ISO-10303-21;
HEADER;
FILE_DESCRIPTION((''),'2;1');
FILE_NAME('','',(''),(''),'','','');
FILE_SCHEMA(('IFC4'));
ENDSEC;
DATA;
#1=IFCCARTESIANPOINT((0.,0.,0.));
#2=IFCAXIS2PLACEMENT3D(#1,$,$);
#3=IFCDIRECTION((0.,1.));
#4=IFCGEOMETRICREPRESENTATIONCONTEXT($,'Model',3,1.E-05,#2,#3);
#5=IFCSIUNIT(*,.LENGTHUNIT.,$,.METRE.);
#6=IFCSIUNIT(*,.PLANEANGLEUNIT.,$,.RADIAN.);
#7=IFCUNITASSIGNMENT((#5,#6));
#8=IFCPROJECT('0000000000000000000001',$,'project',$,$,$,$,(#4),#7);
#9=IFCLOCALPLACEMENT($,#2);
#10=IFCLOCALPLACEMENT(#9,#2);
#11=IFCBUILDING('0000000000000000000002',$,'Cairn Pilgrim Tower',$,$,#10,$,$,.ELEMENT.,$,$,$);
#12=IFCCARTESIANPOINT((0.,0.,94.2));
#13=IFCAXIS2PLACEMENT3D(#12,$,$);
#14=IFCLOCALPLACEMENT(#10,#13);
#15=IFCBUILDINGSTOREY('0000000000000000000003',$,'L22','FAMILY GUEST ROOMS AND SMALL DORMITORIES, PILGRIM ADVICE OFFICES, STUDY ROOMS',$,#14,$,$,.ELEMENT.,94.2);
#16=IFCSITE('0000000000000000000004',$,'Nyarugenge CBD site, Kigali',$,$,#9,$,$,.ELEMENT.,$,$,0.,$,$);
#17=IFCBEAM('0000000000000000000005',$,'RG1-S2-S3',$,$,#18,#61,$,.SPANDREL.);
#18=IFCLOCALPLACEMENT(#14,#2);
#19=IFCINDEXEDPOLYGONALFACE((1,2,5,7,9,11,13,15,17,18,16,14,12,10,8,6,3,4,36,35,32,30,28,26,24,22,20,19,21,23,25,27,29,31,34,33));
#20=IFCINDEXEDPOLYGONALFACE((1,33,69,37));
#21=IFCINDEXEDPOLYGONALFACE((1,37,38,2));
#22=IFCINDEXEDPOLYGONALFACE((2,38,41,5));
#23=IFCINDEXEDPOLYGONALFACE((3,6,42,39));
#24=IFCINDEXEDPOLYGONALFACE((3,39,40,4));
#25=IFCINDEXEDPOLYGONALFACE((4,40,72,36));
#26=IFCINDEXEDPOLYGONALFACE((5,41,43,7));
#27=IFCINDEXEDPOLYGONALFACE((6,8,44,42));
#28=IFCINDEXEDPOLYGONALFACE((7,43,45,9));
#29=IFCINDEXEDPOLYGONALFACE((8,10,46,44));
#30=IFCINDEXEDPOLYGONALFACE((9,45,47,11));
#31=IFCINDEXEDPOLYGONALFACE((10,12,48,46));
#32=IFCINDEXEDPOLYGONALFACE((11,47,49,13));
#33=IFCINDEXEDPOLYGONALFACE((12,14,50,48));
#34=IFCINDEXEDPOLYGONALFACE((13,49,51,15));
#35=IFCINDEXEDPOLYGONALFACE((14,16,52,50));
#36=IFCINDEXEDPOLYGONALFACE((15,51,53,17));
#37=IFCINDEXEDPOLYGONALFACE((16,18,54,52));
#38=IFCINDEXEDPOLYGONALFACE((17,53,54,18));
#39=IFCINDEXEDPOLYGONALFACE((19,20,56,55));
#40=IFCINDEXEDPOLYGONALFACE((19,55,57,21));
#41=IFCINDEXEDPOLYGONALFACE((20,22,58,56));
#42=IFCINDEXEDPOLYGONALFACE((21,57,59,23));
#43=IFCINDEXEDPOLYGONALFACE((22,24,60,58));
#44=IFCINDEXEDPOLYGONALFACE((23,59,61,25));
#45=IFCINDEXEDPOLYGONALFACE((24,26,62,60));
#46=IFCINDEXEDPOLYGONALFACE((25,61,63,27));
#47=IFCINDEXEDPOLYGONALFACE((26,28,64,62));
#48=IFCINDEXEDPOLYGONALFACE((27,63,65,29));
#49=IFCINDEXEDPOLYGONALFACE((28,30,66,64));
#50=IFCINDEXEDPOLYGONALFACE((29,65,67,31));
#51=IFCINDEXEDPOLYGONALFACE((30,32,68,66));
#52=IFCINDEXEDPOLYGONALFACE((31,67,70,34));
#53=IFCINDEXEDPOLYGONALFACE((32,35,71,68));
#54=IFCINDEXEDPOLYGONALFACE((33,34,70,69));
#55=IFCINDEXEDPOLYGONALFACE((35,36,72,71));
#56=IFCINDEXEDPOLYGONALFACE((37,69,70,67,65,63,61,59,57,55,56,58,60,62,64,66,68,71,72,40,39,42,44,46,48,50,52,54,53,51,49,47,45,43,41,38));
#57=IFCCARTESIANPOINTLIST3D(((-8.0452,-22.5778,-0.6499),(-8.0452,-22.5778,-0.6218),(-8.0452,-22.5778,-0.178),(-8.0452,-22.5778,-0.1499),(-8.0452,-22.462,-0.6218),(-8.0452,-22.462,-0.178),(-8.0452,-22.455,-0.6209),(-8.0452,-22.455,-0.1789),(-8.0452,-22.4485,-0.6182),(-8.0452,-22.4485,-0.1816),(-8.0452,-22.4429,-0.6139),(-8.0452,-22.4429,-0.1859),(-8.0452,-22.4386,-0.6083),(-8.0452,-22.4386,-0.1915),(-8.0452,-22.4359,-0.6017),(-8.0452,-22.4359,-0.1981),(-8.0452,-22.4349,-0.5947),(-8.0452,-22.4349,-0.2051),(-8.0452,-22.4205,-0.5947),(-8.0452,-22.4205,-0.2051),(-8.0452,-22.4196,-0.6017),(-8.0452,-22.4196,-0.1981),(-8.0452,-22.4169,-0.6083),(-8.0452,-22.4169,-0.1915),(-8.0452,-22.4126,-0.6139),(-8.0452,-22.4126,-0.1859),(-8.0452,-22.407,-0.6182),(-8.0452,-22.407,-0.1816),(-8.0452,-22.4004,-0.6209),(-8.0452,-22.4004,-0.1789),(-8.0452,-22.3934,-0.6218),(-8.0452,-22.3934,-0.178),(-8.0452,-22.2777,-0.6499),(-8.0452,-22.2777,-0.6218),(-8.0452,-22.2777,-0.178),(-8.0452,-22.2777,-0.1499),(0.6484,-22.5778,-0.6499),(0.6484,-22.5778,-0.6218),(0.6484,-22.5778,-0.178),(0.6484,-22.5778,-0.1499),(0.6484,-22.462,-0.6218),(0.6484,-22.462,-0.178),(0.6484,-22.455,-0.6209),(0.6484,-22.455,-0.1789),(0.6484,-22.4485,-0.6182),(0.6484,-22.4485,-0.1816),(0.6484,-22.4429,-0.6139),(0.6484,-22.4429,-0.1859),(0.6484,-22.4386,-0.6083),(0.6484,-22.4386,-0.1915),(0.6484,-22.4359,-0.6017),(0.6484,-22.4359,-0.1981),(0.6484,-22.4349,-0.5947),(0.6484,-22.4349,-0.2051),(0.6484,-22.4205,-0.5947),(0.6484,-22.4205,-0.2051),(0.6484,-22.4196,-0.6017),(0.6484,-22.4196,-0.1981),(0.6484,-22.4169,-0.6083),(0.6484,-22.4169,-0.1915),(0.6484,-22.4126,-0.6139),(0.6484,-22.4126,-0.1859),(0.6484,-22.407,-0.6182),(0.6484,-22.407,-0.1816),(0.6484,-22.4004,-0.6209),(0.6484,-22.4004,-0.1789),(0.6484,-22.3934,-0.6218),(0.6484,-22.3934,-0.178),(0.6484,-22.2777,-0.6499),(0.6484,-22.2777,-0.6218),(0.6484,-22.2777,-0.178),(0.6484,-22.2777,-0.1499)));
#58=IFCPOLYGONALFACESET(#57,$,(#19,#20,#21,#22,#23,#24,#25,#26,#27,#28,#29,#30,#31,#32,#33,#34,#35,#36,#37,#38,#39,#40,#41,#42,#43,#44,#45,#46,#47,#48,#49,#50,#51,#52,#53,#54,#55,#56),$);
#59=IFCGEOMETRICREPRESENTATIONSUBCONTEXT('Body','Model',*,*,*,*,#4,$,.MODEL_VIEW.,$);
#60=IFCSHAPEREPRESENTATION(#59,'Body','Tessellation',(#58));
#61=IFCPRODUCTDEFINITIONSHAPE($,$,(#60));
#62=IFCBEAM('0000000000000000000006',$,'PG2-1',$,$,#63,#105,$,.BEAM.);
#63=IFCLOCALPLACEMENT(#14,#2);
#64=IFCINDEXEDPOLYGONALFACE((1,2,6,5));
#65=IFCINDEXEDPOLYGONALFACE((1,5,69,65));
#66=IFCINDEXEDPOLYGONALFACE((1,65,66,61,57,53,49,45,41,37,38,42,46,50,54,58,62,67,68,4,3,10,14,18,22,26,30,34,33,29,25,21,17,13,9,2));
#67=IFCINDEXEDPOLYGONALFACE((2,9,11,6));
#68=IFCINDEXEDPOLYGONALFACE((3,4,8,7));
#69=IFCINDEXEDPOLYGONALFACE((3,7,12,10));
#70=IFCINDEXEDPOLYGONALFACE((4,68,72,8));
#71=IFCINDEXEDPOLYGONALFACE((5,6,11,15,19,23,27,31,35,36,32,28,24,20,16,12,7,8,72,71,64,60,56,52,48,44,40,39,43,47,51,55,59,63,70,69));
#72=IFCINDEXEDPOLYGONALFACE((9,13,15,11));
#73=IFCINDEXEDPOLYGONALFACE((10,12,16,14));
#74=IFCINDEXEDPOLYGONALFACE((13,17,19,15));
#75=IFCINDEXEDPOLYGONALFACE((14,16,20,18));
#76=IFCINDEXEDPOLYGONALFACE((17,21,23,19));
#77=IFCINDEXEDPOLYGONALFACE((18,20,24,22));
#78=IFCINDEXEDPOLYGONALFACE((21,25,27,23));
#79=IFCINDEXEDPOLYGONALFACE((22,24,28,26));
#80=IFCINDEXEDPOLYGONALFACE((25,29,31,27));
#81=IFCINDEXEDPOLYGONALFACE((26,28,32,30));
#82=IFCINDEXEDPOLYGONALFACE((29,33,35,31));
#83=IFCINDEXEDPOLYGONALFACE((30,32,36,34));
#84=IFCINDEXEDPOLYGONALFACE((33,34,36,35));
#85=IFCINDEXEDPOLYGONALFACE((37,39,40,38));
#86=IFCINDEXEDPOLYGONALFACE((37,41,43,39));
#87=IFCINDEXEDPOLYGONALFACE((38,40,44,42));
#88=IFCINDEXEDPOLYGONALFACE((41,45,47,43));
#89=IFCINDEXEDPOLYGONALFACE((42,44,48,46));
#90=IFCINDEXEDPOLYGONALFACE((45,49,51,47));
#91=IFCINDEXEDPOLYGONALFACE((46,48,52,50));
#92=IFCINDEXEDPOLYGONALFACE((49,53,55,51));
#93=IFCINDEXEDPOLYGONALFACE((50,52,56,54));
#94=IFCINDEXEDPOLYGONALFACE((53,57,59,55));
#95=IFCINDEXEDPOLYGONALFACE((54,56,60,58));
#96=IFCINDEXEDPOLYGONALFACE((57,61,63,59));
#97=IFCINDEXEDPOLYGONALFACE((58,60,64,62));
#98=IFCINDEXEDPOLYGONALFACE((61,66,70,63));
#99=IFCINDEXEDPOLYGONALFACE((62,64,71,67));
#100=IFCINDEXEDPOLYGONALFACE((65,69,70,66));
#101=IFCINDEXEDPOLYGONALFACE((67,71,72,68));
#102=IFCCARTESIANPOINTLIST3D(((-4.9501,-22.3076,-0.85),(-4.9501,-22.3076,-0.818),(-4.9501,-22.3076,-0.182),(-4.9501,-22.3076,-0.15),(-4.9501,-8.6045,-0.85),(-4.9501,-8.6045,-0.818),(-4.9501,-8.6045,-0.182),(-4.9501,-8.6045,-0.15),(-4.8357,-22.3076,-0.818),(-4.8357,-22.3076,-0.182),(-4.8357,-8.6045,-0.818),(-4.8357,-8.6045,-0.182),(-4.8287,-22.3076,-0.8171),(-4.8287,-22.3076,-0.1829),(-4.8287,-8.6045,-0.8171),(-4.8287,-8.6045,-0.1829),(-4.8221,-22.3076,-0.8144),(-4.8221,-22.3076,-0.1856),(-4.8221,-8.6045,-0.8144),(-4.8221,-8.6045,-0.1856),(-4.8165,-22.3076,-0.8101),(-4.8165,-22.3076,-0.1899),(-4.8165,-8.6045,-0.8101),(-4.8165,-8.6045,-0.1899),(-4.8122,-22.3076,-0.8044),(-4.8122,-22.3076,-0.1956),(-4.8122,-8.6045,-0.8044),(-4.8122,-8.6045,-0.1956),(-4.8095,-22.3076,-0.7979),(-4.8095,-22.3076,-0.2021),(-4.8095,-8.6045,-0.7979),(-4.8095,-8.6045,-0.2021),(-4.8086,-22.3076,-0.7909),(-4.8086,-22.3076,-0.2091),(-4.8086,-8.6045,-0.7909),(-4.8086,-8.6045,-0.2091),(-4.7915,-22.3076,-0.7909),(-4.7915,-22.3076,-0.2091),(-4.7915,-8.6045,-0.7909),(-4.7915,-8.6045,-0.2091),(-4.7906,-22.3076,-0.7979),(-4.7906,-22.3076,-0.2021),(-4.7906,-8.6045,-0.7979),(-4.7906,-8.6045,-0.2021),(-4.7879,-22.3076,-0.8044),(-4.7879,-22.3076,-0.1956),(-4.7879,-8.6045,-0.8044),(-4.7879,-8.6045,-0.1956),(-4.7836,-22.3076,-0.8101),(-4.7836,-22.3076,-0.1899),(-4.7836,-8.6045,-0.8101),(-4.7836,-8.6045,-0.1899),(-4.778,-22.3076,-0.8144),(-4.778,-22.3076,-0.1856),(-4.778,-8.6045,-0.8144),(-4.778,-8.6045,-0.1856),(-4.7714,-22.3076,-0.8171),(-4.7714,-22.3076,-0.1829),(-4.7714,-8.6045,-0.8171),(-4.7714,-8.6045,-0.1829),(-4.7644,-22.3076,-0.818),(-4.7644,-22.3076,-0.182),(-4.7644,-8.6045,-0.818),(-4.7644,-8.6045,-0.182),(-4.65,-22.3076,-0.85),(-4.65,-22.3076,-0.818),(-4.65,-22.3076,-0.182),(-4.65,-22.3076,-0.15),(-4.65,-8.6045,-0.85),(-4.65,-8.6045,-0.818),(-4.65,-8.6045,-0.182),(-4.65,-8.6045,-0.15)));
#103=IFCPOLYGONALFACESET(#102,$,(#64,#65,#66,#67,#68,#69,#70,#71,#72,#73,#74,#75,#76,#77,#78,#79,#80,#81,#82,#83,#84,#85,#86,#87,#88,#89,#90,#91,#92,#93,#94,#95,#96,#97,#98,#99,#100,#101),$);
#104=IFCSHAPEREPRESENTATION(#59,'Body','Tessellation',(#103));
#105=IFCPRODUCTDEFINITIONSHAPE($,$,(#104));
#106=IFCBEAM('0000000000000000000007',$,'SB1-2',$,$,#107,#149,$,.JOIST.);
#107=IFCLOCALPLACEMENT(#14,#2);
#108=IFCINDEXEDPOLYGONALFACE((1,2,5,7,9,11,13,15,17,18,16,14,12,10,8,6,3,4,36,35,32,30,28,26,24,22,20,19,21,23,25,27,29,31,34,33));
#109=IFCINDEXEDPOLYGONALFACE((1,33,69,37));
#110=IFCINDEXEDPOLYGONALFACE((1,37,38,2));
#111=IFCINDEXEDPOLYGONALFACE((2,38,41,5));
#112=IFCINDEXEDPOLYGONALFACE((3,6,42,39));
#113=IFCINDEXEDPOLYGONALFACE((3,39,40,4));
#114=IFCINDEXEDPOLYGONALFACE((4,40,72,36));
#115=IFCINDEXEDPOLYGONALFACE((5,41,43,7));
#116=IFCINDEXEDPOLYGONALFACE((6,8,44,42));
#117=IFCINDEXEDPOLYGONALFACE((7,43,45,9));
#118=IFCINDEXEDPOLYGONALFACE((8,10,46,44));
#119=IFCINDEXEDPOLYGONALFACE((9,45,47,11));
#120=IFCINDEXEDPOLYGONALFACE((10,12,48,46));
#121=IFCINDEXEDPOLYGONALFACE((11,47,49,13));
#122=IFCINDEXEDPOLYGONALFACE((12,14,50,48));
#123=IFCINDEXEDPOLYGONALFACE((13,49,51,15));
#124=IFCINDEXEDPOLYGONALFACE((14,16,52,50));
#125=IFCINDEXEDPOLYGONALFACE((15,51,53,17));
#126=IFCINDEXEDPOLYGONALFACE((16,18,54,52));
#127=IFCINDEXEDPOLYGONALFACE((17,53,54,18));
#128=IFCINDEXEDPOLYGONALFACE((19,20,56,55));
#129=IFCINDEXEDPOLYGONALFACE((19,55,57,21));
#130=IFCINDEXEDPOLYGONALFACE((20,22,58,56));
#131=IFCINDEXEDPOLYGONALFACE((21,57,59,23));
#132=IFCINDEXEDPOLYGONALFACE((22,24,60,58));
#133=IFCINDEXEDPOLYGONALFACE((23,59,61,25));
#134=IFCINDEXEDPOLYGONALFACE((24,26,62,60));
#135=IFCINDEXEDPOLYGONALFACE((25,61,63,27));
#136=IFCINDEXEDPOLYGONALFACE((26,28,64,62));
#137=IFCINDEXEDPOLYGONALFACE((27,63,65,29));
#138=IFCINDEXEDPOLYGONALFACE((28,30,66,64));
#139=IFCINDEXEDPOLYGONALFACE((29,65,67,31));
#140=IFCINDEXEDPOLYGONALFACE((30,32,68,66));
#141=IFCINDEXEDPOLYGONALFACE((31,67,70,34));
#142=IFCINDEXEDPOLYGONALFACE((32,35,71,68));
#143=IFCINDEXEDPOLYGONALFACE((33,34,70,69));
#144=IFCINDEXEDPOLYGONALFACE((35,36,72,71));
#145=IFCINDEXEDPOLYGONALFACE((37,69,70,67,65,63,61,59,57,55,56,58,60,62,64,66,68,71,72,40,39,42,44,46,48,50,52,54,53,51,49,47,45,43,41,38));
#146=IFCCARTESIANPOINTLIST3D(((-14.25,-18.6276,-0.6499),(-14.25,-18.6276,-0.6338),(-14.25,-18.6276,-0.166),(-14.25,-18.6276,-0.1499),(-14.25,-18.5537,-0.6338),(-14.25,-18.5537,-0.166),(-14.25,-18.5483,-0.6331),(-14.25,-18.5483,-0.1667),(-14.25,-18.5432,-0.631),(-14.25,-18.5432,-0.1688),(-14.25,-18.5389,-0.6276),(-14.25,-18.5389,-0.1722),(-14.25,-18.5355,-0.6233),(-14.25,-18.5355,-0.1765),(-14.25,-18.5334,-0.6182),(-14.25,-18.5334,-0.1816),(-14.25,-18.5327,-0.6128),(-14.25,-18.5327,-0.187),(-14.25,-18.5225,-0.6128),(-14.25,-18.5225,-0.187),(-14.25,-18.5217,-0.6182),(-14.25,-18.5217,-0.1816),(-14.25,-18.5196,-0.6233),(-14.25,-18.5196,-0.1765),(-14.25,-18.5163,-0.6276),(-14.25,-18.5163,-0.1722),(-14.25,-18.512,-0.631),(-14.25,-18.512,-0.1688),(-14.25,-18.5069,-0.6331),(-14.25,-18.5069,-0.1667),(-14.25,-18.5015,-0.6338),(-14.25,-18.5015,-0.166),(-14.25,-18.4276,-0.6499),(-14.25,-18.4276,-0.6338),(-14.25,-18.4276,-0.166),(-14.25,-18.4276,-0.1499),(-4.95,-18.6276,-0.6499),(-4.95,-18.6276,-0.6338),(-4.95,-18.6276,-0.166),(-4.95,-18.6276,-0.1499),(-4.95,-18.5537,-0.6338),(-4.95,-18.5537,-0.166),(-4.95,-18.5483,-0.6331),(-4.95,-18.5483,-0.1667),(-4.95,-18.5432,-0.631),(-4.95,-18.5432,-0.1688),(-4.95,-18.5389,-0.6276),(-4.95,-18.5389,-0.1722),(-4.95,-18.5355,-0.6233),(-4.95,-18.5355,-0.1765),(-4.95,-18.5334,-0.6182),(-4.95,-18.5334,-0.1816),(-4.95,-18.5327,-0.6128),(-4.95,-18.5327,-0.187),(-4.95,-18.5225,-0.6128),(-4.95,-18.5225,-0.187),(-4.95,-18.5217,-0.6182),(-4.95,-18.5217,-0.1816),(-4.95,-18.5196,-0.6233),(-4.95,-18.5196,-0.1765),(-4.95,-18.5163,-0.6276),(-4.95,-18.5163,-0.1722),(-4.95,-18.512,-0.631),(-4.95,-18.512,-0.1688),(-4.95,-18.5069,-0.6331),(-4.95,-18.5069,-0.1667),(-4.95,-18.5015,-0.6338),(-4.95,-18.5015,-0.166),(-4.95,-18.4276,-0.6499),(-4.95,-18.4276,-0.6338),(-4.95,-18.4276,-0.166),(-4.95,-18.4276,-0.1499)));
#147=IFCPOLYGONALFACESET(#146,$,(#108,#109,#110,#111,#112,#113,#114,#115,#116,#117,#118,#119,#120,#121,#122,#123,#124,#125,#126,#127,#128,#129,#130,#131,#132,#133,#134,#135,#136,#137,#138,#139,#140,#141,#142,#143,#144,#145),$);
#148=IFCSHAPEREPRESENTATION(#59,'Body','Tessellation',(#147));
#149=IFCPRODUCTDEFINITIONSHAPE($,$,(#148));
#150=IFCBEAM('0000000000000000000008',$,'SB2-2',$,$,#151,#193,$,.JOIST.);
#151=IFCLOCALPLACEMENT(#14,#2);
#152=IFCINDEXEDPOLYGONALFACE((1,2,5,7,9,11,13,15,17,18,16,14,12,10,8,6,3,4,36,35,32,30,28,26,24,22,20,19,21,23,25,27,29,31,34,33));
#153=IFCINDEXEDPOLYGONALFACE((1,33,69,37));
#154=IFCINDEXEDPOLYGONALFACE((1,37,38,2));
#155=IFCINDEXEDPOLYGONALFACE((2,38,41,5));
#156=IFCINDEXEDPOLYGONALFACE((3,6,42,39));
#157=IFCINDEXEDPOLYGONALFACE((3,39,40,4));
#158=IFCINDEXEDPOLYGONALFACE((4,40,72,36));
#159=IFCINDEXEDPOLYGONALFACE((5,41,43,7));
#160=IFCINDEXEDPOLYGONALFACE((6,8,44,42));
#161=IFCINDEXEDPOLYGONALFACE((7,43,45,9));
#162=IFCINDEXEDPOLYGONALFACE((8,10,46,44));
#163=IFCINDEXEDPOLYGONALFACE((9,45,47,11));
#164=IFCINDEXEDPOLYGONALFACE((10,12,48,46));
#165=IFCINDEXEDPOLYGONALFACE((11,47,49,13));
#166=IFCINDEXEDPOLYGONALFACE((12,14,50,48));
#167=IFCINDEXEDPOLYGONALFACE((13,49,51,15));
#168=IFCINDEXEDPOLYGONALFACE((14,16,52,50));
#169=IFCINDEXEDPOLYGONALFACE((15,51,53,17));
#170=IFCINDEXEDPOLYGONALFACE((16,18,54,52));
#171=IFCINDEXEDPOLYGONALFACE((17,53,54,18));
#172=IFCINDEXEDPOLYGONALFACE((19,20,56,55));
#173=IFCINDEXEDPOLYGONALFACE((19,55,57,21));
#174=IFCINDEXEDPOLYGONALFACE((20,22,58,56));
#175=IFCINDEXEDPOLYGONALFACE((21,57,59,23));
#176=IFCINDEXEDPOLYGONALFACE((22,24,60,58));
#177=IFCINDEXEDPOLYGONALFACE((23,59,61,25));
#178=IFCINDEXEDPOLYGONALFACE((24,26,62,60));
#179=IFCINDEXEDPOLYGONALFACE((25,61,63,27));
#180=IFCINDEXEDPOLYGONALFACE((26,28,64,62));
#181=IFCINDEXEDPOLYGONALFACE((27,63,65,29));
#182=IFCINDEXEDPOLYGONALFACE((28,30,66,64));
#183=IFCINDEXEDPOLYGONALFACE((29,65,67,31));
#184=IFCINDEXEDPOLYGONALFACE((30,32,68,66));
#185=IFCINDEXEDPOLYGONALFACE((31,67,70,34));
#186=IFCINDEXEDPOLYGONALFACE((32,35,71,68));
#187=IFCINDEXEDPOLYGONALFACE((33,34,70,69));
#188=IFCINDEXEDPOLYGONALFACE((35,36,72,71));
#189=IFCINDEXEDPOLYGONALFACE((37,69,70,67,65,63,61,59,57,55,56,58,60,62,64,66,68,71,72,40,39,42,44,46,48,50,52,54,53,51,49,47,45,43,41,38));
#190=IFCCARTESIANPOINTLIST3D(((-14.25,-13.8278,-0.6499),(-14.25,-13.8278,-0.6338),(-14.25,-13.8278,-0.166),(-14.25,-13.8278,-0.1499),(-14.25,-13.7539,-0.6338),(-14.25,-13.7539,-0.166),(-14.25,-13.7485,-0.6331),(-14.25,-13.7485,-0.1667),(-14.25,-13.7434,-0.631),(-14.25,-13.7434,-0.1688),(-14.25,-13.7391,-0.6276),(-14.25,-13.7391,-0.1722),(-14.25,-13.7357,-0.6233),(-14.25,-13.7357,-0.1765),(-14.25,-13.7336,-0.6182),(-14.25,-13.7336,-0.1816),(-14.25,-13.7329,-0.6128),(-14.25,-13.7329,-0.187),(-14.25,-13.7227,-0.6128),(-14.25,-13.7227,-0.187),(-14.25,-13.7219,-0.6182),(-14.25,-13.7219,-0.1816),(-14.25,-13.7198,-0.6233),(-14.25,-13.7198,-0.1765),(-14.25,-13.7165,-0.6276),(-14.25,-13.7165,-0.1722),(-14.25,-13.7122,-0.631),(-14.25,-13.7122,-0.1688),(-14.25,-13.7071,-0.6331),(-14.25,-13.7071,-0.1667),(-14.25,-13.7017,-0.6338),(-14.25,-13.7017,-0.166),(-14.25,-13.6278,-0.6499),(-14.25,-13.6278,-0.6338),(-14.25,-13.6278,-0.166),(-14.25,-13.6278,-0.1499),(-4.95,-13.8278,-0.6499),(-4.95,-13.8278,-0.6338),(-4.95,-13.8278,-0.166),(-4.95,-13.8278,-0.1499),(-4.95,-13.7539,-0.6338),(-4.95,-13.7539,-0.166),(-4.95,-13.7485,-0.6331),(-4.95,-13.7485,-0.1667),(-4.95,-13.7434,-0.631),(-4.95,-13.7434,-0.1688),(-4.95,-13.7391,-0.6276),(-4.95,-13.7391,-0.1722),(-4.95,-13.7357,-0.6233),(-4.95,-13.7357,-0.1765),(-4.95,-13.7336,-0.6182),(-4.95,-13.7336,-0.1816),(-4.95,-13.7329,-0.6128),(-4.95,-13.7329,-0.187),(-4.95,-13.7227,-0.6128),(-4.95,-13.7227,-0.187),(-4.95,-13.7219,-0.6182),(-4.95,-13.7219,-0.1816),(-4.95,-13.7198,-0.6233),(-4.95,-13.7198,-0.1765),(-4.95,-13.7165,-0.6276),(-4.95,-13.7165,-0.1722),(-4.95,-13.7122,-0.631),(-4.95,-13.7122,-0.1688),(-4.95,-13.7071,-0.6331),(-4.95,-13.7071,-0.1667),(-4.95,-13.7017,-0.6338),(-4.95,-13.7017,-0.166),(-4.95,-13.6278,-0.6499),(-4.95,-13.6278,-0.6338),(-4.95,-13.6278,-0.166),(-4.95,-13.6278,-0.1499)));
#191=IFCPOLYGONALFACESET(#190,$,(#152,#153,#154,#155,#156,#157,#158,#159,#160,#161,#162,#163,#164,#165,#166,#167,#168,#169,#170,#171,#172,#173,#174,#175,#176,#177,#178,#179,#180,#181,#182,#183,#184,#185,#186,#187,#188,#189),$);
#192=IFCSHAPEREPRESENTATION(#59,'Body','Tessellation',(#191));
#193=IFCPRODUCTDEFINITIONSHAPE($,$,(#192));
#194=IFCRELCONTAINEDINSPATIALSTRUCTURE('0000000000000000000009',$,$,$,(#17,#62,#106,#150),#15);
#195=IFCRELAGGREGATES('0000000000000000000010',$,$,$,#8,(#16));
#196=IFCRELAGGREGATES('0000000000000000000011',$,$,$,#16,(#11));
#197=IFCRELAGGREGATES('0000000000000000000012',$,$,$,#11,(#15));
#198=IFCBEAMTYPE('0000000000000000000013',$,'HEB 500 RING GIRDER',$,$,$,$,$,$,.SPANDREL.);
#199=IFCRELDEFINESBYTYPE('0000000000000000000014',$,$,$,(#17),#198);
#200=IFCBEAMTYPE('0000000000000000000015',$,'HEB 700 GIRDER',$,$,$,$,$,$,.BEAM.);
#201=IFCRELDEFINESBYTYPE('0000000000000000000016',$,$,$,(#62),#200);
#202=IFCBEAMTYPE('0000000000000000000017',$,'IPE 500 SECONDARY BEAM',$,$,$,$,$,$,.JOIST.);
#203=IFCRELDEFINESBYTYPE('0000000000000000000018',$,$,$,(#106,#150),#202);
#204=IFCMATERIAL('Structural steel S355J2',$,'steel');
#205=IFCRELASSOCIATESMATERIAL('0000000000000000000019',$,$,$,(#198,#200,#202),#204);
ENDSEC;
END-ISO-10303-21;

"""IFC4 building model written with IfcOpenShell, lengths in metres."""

from ifc_helpers import new_model, si_unit, direction, frame, origin, origin_2d, place, context, subcontext, project, spatial, i_section, extrude, material, material_profile, profile_set, type_object, element, save


model = new_model("IFC4")

# Units and contexts
model_context = context("Model", 3, precision=1e-05, world=origin(), true_north=direction((0.0, 1.0)))
body_context = subcontext(model_context, "Body", "Model", "MODEL_VIEW")
ifc_project = project(units=[si_unit("LENGTHUNIT", "METRE"), si_unit("PLANEANGLEUNIT", "RADIAN")], contexts=[model_context])

# Site, building, storey
site_placement = place(None, origin())
site = spatial("IfcSite", under=ifc_project, at=site_placement, Name="Nyarugenge CBD site, Kigali", CompositionType="ELEMENT", RefElevation=0.0)
building_placement = place(site_placement, origin())
building = spatial("IfcBuilding", under=site, at=building_placement, Name="Cairn Pilgrim Tower", CompositionType="ELEMENT")
storey_placement = place(building_placement, frame((0.0, 0.0, 94.2)))
storey = spatial("IfcBuildingStorey", under=building, at=storey_placement, Name="L22", Description="FAMILY GUEST ROOMS AND SMALL DORMITORIES, PILGRIM ADVICE OFFICES, STUDY ROOMS", CompositionType="ELEMENT", Elevation=94.2)

# Beams
ifc_material_1 = material(Name="Structural steel S355J2", Category="steel")
ifc_material_profile_1 = material_profile(ifc_material_1, i_section(OverallWidth=0.3, OverallDepth=0.5, WebThickness=0.0144, FlangeThickness=0.0281, FilletRadius=0.0271, at=origin_2d()), Name="HEB 500")
ifc_profile_set_1 = profile_set([ifc_material_profile_1], Name="Structural steel S355J2")
beam_type_1 = type_object("IfcBeamType", Name="HEB 500 RING GIRDER", PredefinedType="SPANDREL", material=ifc_profile_set_1)
beam_1_placement = place(storey_placement, frame((-8.0452, -22.4277, -0.3999), z_axis=(1.0, 0.0, 0.0), x_axis=(0.0, 1.0, 0.0)))
element("IfcBeam", 1, at=beam_1_placement, inside=storey, type_object=beam_type_1, Name="RG1-S2-S3", PredefinedType="SPANDREL", context=body_context, shape_type="SweptSolid", body=[
    extrude(i_section(OverallWidth=0.3, OverallDepth=0.5, WebThickness=0.0144, FlangeThickness=0.0281, FilletRadius=0.0271, at=origin_2d()), origin(), (0.0, 0.0, 1.0), 8.6936),
])
ifc_material_profile_2 = material_profile(ifc_material_1, i_section(OverallWidth=0.3, OverallDepth=0.7, WebThickness=0.0171, FlangeThickness=0.032, FilletRadius=0.0271, at=origin_2d()), Name="HEB 700")
ifc_profile_set_2 = profile_set([ifc_material_profile_2], Name="Structural steel S355J2")
beam_type_2 = type_object("IfcBeamType", Name="HEB 700 GIRDER", PredefinedType="BEAM", material=ifc_profile_set_2)
beam_2_placement = place(storey_placement, frame((-4.8, -22.3076, -0.5), z_axis=(0.0, 1.0, 0.0), x_axis=(-1.0, 0.0, 0.0)))
element("IfcBeam", 2, at=beam_2_placement, inside=storey, type_object=beam_type_2, Name="PG2-1", PredefinedType="BEAM", context=body_context, shape_type="SweptSolid", body=[
    extrude(i_section(OverallWidth=0.3, OverallDepth=0.7, WebThickness=0.0171, FlangeThickness=0.032, FilletRadius=0.0271, at=origin_2d()), origin(), (0.0, 0.0, 1.0), 13.7031),
])
ifc_material_profile_3 = material_profile(ifc_material_1, i_section(OverallWidth=0.2, OverallDepth=0.5, WebThickness=0.0103, FlangeThickness=0.0161, FilletRadius=0.021, at=origin_2d()), Name="IPE 500")
ifc_profile_set_3 = profile_set([ifc_material_profile_3], Name="Structural steel S355J2")
beam_type_3 = type_object("IfcBeamType", Name="IPE 500 SECONDARY BEAM", PredefinedType="JOIST", material=ifc_profile_set_3)
for number, where, z_axis, x_axis, name in (
    (3, (-14.25, -18.5276, -0.3999), (1.0, 0.0, 0.0), (0.0, 1.0, 0.0), "SB1-2"),
    (4, (-14.25, -13.7278, -0.3999), (1.0, 0.0, 0.0), (0.0, 1.0, 0.0), "SB2-2"),
):
    element("IfcBeam", number, at=place(storey_placement, frame(where, z_axis=z_axis, x_axis=x_axis)), inside=storey, type_object=beam_type_3, Name=name, PredefinedType="JOIST", context=body_context, shape_type="SweptSolid", body=[
        extrude(i_section(OverallWidth=0.2, OverallDepth=0.5, WebThickness=0.0103, FlangeThickness=0.0161, FilletRadius=0.021, at=origin_2d()), origin(), (0.0, 0.0, 1.0), 9.3),
    ])

save(model, "model.ifc")
